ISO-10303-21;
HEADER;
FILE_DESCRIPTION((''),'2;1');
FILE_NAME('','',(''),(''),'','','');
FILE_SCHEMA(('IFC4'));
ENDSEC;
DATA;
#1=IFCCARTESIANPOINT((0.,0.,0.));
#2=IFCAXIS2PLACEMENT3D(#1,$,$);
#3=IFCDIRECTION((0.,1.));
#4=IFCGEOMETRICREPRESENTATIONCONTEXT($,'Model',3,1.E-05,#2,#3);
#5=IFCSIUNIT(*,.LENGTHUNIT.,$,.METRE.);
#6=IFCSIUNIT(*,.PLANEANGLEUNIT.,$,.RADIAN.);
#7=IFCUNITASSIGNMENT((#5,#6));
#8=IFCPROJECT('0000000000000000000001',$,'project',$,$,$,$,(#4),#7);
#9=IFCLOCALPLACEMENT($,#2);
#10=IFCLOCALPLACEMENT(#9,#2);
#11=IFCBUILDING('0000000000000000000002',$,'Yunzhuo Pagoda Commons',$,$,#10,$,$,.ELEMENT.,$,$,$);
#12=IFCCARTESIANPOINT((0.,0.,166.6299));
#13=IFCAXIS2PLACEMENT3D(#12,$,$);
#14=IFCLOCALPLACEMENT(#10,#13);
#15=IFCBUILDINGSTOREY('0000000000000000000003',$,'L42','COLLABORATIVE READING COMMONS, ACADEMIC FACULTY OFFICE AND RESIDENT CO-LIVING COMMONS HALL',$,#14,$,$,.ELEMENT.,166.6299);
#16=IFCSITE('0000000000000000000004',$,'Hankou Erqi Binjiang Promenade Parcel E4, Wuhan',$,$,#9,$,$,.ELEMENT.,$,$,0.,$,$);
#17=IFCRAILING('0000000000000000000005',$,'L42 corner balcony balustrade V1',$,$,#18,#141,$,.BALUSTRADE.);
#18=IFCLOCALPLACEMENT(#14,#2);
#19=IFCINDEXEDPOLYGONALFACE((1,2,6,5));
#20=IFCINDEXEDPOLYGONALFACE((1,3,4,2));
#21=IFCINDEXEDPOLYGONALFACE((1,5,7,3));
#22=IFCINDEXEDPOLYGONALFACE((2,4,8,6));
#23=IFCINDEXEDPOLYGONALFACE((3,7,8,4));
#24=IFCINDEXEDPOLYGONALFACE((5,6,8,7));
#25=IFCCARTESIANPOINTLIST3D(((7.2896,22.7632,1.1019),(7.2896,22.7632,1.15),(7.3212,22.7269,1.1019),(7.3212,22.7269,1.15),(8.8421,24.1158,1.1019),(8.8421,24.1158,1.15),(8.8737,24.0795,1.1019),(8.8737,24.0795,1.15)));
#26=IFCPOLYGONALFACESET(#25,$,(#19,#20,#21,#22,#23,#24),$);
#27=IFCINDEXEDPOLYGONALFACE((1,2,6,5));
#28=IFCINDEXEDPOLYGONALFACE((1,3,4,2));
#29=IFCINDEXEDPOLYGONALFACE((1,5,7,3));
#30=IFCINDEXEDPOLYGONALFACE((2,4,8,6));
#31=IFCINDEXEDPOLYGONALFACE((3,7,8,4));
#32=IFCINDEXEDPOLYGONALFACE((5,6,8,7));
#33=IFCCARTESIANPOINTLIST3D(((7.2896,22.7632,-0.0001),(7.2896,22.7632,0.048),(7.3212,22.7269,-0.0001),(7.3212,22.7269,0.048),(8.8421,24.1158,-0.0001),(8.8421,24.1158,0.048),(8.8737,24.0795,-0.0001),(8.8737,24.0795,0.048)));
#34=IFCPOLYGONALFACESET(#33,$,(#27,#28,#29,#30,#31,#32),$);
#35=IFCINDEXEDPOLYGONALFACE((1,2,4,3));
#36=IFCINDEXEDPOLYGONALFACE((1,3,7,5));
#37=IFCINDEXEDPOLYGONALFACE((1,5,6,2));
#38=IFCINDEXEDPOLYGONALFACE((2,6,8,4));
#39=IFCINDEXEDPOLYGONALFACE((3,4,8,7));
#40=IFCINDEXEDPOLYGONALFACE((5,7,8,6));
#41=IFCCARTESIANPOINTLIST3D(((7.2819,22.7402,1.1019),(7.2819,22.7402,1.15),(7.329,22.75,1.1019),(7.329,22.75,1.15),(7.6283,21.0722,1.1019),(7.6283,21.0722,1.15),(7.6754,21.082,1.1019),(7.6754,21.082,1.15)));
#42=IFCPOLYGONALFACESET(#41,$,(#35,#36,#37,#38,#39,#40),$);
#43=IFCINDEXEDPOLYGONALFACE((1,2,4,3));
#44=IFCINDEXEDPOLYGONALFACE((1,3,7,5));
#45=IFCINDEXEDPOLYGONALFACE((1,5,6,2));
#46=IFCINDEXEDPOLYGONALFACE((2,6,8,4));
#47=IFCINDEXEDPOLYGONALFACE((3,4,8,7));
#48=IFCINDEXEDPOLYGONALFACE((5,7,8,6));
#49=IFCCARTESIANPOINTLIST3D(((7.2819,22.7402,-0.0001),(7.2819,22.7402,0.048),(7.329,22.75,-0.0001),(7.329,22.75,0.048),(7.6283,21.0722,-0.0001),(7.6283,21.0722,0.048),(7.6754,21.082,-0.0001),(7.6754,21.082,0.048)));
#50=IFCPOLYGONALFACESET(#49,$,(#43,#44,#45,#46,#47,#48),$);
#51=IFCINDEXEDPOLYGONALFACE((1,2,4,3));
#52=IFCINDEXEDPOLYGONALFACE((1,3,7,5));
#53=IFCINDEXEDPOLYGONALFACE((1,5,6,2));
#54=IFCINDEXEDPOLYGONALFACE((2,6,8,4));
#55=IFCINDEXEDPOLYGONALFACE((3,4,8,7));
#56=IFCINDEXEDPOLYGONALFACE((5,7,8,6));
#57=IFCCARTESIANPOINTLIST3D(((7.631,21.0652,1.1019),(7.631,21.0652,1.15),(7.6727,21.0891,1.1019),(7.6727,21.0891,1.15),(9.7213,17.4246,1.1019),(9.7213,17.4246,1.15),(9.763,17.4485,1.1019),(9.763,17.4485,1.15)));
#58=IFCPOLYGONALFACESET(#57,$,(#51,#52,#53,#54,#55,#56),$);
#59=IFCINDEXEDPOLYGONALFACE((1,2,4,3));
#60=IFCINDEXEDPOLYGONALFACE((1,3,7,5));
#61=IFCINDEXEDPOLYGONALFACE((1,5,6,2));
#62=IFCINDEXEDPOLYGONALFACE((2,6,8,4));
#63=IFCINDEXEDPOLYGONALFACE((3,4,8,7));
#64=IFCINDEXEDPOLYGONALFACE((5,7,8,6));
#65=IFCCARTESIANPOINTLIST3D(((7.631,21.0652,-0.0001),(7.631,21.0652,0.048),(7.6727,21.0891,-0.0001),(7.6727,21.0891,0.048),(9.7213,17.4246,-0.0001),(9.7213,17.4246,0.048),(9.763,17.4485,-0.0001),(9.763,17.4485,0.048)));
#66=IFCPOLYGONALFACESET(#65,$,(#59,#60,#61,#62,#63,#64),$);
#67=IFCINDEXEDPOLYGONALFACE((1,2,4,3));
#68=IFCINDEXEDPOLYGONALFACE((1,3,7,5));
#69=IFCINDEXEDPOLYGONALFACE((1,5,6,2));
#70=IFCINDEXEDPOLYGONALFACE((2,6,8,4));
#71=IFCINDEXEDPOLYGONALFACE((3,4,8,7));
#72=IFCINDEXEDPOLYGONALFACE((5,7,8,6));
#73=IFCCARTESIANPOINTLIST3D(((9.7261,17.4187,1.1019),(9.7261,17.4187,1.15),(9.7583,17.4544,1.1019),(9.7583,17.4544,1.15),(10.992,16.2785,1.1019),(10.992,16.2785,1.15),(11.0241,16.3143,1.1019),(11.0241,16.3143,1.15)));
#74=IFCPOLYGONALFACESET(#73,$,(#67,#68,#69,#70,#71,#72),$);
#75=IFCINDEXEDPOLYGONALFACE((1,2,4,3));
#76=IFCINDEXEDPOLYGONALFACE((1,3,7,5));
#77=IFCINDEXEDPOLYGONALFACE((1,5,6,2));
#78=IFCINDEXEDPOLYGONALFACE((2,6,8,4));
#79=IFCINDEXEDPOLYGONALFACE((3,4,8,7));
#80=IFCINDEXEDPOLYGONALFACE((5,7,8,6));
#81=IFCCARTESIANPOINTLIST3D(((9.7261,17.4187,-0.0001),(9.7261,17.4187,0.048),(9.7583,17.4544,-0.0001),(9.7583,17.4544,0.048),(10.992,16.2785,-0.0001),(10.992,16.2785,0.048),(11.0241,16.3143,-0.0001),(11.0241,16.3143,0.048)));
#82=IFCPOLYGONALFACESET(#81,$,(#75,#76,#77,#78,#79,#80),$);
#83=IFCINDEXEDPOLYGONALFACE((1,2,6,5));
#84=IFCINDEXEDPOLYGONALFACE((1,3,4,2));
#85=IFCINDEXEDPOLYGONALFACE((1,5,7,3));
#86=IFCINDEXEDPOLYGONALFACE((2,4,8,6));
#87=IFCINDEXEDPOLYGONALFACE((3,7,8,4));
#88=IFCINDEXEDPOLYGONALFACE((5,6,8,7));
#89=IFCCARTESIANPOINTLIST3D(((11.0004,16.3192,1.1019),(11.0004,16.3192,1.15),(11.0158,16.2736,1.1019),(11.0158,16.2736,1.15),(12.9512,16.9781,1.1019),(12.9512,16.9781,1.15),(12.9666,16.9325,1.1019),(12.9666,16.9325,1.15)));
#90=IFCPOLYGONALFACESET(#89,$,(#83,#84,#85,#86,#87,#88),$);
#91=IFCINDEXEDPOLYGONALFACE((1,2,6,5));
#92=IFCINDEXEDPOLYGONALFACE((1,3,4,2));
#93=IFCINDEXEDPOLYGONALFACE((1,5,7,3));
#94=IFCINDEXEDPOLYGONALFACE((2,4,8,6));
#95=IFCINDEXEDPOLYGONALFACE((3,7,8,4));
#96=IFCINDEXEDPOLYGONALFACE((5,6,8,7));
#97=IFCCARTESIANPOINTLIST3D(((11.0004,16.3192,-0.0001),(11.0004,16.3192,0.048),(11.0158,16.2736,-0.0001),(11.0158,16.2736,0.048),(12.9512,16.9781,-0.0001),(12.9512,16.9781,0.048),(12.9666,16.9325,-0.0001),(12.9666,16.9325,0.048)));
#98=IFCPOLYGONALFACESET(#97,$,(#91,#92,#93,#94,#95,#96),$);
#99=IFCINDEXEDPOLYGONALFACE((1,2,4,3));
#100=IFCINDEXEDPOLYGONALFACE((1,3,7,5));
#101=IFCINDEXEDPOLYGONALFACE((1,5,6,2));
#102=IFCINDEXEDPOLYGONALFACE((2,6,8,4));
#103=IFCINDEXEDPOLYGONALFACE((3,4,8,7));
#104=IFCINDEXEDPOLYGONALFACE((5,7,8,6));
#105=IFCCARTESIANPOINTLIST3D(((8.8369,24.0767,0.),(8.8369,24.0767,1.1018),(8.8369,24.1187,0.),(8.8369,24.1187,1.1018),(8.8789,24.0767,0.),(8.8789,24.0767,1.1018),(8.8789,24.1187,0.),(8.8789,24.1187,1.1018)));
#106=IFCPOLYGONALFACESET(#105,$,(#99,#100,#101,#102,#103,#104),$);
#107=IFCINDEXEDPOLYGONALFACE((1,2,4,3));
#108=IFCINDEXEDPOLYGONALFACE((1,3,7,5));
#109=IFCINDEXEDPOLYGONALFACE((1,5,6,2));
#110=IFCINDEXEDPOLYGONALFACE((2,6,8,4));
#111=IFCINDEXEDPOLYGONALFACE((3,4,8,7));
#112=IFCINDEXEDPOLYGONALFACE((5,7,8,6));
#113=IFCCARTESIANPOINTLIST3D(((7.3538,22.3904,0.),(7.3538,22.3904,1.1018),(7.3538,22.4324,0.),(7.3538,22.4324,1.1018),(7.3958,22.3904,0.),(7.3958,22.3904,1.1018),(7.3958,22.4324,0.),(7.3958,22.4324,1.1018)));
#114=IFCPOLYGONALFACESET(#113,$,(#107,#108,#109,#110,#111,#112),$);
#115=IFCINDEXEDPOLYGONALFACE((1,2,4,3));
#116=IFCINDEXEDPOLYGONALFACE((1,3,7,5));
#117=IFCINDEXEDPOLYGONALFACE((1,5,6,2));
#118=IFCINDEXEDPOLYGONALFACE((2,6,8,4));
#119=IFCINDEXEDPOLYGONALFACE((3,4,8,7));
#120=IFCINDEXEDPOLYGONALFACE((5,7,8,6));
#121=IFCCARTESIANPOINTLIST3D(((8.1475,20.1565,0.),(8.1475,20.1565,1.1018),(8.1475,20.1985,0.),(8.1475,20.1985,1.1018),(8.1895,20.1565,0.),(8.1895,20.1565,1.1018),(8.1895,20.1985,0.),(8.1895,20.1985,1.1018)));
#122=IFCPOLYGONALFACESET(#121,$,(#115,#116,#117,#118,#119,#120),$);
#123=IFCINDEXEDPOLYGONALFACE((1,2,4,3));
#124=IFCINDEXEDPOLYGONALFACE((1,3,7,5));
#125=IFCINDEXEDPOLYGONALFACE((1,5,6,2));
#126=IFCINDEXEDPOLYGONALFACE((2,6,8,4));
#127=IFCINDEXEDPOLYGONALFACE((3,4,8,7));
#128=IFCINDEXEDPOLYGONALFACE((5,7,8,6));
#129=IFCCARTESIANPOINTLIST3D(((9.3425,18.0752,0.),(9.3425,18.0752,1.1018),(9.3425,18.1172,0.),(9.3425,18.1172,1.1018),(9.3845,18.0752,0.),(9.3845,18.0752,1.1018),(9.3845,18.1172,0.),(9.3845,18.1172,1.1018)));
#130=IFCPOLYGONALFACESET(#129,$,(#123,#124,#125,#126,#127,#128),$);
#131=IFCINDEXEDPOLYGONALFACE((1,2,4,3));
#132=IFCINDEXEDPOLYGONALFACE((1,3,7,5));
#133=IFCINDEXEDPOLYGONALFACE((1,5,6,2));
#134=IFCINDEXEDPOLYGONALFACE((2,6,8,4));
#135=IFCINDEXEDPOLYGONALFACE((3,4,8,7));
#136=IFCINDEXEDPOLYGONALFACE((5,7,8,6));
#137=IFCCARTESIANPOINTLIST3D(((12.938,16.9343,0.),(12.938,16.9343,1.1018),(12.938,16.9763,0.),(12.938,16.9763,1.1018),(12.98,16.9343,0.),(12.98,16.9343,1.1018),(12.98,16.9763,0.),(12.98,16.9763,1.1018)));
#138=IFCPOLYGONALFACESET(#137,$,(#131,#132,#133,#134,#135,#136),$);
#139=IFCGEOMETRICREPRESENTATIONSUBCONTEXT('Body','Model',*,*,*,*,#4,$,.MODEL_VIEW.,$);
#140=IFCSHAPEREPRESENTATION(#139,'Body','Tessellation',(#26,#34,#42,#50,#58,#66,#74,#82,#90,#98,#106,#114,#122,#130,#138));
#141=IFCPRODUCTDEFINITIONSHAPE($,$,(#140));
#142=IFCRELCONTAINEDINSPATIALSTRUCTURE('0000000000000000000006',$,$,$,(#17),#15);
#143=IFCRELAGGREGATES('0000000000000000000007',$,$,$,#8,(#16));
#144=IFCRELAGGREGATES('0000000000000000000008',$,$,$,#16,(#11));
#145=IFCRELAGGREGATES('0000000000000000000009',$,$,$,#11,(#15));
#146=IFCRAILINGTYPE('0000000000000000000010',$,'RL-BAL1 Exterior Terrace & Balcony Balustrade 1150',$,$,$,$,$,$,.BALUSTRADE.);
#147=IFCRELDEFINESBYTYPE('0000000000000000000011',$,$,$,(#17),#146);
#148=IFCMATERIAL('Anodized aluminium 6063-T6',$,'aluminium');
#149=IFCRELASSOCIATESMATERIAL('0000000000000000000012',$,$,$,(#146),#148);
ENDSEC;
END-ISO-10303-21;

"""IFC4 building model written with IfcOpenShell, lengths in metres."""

from ifc_helpers import new_model, si_unit, direction, frame, origin, origin_2d, place, context, subcontext, project, spatial, rectangle, extrude, material, type_object, element, save


model = new_model("IFC4")

# Units and contexts
model_context = context("Model", 3, precision=1e-05, world=origin(), true_north=direction((0.0, 1.0)))
body_context = subcontext(model_context, "Body", "Model", "MODEL_VIEW")
ifc_project = project(units=[si_unit("LENGTHUNIT", "METRE"), si_unit("PLANEANGLEUNIT", "RADIAN")], contexts=[model_context])

# Site, building, storey
site_placement = place(None, origin())
site = spatial("IfcSite", under=ifc_project, at=site_placement, Name="Hankou Erqi Binjiang Promenade Parcel E4, Wuhan", CompositionType="ELEMENT", RefElevation=0.0)
building_placement = place(site_placement, origin())
building = spatial("IfcBuilding", under=site, at=building_placement, Name="Yunzhuo Pagoda Commons", CompositionType="ELEMENT")
storey_placement = place(building_placement, frame((0.0, 0.0, 166.6299)))
storey = spatial("IfcBuildingStorey", under=building, at=storey_placement, Name="L42", Description="COLLABORATIVE READING COMMONS, ACADEMIC FACULTY OFFICE AND RESIDENT CO-LIVING COMMONS HALL", CompositionType="ELEMENT", Elevation=166.6299)

# Shared definitions
ifc_material_1 = material(Name="Anodized aluminium 6063-T6", Category="aluminium")

# Railing
railing_type = type_object("IfcRailingType", Name="RL-BAL1 Exterior Terrace & Balcony Balustrade 1150", PredefinedType="BALUSTRADE", material=ifc_material_1)
railing_placement = place(storey_placement, frame((8.8579, 24.0977, 0.0)))
element("IfcRailing", 1, at=railing_placement, inside=storey, type_object=railing_type, Name="L42 corner balcony balustrade V1", PredefinedType="BALUSTRADE", context=body_context, shape_type="SweptSolid", body=[
    extrude(rectangle(XDim=0.0481, YDim=0.0481, at=origin_2d()), frame((0.0, 0.0, 1.126), z_axis=(-0.753993, -0.656883, 0.0), x_axis=(0.656883, -0.753993, 0.0)), (0.0, 0.0, 1.0), 2.0591),
    extrude(rectangle(XDim=0.0481, YDim=0.0481, at=origin_2d()), frame((0.0, 0.0, 0.0239), z_axis=(-0.753993, -0.656883, 0.0), x_axis=(0.656883, -0.753993, 0.0)), (0.0, 0.0, 1.0), 2.0591),
    extrude(rectangle(XDim=0.0481, YDim=0.0481, at=origin_2d()), frame((-1.5525, -1.3525, 1.126), z_axis=(0.203359, -0.979104, 0.0), x_axis=(0.979104, 0.203359, 0.0)), (0.0, 0.0, 1.0), 1.7036),
    extrude(rectangle(XDim=0.0481, YDim=0.0481, at=origin_2d()), frame((-1.5525, -1.3525, 0.0239), z_axis=(0.203359, -0.979104, 0.0), x_axis=(0.979104, 0.203359, 0.0)), (0.0, 0.0, 1.0), 1.7036),
    extrude(rectangle(XDim=0.0481, YDim=0.0481, at=origin_2d()), frame((-1.2061, -3.0205, 1.126), z_axis=(0.497929, -0.867218, 0.0), x_axis=(0.867218, 0.497929, 0.0)), (0.0, 0.0, 1.0), 4.198),
    extrude(rectangle(XDim=0.0481, YDim=0.0481, at=origin_2d()), frame((-1.2061, -3.0205, 0.0239), z_axis=(0.497929, -0.867218, 0.0), x_axis=(0.867218, 0.497929, 0.0)), (0.0, 0.0, 1.0), 4.198),
    extrude(rectangle(XDim=0.0481, YDim=0.0481, at=origin_2d()), frame((0.8843, -6.6611, 1.126), z_axis=(0.743045, -0.669242, 0.0), x_axis=(0.669242, 0.743045, 0.0)), (0.0, 0.0, 1.0), 1.7036),
    extrude(rectangle(XDim=0.0481, YDim=0.0481, at=origin_2d()), frame((0.8843, -6.6611, 0.0239), z_axis=(0.743045, -0.669242, 0.0), x_axis=(0.669242, 0.743045, 0.0)), (0.0, 0.0, 1.0), 1.7036),
    extrude(rectangle(XDim=0.0481, YDim=0.0481, at=origin_2d()), frame((2.1501, -7.8013, 1.126), z_axis=(0.947419, 0.319996, 0.0), x_axis=(-0.319996, 0.947419, 0.0)), (0.0, 0.0, 1.0), 2.0591),
    extrude(rectangle(XDim=0.0481, YDim=0.0481, at=origin_2d()), frame((2.1501, -7.8013, 0.0239), z_axis=(0.947419, 0.319996, 0.0), x_axis=(-0.319996, 0.947419, 0.0)), (0.0, 0.0, 1.0), 2.0591),
    extrude(rectangle(XDim=0.042, YDim=0.042, at=origin_2d()), origin(), (0.0, 0.0, 1.0), 1.1018),
    extrude(rectangle(XDim=0.042, YDim=0.042, at=origin_2d()), frame((-1.4832, -1.6863, 0.0)), (0.0, 0.0, 1.0), 1.1018),
    extrude(rectangle(XDim=0.042, YDim=0.042, at=origin_2d()), frame((-0.6895, -3.9202, 0.0)), (0.0, 0.0, 1.0), 1.1018),
    extrude(rectangle(XDim=0.042, YDim=0.042, at=origin_2d()), frame((0.5056, -6.0015, 0.0)), (0.0, 0.0, 1.0), 1.1018),
    extrude(rectangle(XDim=0.042, YDim=0.042, at=origin_2d()), frame((4.1011, -7.1423, 0.0)), (0.0, 0.0, 1.0), 1.1018),
])

save(model, "model.ifc")
